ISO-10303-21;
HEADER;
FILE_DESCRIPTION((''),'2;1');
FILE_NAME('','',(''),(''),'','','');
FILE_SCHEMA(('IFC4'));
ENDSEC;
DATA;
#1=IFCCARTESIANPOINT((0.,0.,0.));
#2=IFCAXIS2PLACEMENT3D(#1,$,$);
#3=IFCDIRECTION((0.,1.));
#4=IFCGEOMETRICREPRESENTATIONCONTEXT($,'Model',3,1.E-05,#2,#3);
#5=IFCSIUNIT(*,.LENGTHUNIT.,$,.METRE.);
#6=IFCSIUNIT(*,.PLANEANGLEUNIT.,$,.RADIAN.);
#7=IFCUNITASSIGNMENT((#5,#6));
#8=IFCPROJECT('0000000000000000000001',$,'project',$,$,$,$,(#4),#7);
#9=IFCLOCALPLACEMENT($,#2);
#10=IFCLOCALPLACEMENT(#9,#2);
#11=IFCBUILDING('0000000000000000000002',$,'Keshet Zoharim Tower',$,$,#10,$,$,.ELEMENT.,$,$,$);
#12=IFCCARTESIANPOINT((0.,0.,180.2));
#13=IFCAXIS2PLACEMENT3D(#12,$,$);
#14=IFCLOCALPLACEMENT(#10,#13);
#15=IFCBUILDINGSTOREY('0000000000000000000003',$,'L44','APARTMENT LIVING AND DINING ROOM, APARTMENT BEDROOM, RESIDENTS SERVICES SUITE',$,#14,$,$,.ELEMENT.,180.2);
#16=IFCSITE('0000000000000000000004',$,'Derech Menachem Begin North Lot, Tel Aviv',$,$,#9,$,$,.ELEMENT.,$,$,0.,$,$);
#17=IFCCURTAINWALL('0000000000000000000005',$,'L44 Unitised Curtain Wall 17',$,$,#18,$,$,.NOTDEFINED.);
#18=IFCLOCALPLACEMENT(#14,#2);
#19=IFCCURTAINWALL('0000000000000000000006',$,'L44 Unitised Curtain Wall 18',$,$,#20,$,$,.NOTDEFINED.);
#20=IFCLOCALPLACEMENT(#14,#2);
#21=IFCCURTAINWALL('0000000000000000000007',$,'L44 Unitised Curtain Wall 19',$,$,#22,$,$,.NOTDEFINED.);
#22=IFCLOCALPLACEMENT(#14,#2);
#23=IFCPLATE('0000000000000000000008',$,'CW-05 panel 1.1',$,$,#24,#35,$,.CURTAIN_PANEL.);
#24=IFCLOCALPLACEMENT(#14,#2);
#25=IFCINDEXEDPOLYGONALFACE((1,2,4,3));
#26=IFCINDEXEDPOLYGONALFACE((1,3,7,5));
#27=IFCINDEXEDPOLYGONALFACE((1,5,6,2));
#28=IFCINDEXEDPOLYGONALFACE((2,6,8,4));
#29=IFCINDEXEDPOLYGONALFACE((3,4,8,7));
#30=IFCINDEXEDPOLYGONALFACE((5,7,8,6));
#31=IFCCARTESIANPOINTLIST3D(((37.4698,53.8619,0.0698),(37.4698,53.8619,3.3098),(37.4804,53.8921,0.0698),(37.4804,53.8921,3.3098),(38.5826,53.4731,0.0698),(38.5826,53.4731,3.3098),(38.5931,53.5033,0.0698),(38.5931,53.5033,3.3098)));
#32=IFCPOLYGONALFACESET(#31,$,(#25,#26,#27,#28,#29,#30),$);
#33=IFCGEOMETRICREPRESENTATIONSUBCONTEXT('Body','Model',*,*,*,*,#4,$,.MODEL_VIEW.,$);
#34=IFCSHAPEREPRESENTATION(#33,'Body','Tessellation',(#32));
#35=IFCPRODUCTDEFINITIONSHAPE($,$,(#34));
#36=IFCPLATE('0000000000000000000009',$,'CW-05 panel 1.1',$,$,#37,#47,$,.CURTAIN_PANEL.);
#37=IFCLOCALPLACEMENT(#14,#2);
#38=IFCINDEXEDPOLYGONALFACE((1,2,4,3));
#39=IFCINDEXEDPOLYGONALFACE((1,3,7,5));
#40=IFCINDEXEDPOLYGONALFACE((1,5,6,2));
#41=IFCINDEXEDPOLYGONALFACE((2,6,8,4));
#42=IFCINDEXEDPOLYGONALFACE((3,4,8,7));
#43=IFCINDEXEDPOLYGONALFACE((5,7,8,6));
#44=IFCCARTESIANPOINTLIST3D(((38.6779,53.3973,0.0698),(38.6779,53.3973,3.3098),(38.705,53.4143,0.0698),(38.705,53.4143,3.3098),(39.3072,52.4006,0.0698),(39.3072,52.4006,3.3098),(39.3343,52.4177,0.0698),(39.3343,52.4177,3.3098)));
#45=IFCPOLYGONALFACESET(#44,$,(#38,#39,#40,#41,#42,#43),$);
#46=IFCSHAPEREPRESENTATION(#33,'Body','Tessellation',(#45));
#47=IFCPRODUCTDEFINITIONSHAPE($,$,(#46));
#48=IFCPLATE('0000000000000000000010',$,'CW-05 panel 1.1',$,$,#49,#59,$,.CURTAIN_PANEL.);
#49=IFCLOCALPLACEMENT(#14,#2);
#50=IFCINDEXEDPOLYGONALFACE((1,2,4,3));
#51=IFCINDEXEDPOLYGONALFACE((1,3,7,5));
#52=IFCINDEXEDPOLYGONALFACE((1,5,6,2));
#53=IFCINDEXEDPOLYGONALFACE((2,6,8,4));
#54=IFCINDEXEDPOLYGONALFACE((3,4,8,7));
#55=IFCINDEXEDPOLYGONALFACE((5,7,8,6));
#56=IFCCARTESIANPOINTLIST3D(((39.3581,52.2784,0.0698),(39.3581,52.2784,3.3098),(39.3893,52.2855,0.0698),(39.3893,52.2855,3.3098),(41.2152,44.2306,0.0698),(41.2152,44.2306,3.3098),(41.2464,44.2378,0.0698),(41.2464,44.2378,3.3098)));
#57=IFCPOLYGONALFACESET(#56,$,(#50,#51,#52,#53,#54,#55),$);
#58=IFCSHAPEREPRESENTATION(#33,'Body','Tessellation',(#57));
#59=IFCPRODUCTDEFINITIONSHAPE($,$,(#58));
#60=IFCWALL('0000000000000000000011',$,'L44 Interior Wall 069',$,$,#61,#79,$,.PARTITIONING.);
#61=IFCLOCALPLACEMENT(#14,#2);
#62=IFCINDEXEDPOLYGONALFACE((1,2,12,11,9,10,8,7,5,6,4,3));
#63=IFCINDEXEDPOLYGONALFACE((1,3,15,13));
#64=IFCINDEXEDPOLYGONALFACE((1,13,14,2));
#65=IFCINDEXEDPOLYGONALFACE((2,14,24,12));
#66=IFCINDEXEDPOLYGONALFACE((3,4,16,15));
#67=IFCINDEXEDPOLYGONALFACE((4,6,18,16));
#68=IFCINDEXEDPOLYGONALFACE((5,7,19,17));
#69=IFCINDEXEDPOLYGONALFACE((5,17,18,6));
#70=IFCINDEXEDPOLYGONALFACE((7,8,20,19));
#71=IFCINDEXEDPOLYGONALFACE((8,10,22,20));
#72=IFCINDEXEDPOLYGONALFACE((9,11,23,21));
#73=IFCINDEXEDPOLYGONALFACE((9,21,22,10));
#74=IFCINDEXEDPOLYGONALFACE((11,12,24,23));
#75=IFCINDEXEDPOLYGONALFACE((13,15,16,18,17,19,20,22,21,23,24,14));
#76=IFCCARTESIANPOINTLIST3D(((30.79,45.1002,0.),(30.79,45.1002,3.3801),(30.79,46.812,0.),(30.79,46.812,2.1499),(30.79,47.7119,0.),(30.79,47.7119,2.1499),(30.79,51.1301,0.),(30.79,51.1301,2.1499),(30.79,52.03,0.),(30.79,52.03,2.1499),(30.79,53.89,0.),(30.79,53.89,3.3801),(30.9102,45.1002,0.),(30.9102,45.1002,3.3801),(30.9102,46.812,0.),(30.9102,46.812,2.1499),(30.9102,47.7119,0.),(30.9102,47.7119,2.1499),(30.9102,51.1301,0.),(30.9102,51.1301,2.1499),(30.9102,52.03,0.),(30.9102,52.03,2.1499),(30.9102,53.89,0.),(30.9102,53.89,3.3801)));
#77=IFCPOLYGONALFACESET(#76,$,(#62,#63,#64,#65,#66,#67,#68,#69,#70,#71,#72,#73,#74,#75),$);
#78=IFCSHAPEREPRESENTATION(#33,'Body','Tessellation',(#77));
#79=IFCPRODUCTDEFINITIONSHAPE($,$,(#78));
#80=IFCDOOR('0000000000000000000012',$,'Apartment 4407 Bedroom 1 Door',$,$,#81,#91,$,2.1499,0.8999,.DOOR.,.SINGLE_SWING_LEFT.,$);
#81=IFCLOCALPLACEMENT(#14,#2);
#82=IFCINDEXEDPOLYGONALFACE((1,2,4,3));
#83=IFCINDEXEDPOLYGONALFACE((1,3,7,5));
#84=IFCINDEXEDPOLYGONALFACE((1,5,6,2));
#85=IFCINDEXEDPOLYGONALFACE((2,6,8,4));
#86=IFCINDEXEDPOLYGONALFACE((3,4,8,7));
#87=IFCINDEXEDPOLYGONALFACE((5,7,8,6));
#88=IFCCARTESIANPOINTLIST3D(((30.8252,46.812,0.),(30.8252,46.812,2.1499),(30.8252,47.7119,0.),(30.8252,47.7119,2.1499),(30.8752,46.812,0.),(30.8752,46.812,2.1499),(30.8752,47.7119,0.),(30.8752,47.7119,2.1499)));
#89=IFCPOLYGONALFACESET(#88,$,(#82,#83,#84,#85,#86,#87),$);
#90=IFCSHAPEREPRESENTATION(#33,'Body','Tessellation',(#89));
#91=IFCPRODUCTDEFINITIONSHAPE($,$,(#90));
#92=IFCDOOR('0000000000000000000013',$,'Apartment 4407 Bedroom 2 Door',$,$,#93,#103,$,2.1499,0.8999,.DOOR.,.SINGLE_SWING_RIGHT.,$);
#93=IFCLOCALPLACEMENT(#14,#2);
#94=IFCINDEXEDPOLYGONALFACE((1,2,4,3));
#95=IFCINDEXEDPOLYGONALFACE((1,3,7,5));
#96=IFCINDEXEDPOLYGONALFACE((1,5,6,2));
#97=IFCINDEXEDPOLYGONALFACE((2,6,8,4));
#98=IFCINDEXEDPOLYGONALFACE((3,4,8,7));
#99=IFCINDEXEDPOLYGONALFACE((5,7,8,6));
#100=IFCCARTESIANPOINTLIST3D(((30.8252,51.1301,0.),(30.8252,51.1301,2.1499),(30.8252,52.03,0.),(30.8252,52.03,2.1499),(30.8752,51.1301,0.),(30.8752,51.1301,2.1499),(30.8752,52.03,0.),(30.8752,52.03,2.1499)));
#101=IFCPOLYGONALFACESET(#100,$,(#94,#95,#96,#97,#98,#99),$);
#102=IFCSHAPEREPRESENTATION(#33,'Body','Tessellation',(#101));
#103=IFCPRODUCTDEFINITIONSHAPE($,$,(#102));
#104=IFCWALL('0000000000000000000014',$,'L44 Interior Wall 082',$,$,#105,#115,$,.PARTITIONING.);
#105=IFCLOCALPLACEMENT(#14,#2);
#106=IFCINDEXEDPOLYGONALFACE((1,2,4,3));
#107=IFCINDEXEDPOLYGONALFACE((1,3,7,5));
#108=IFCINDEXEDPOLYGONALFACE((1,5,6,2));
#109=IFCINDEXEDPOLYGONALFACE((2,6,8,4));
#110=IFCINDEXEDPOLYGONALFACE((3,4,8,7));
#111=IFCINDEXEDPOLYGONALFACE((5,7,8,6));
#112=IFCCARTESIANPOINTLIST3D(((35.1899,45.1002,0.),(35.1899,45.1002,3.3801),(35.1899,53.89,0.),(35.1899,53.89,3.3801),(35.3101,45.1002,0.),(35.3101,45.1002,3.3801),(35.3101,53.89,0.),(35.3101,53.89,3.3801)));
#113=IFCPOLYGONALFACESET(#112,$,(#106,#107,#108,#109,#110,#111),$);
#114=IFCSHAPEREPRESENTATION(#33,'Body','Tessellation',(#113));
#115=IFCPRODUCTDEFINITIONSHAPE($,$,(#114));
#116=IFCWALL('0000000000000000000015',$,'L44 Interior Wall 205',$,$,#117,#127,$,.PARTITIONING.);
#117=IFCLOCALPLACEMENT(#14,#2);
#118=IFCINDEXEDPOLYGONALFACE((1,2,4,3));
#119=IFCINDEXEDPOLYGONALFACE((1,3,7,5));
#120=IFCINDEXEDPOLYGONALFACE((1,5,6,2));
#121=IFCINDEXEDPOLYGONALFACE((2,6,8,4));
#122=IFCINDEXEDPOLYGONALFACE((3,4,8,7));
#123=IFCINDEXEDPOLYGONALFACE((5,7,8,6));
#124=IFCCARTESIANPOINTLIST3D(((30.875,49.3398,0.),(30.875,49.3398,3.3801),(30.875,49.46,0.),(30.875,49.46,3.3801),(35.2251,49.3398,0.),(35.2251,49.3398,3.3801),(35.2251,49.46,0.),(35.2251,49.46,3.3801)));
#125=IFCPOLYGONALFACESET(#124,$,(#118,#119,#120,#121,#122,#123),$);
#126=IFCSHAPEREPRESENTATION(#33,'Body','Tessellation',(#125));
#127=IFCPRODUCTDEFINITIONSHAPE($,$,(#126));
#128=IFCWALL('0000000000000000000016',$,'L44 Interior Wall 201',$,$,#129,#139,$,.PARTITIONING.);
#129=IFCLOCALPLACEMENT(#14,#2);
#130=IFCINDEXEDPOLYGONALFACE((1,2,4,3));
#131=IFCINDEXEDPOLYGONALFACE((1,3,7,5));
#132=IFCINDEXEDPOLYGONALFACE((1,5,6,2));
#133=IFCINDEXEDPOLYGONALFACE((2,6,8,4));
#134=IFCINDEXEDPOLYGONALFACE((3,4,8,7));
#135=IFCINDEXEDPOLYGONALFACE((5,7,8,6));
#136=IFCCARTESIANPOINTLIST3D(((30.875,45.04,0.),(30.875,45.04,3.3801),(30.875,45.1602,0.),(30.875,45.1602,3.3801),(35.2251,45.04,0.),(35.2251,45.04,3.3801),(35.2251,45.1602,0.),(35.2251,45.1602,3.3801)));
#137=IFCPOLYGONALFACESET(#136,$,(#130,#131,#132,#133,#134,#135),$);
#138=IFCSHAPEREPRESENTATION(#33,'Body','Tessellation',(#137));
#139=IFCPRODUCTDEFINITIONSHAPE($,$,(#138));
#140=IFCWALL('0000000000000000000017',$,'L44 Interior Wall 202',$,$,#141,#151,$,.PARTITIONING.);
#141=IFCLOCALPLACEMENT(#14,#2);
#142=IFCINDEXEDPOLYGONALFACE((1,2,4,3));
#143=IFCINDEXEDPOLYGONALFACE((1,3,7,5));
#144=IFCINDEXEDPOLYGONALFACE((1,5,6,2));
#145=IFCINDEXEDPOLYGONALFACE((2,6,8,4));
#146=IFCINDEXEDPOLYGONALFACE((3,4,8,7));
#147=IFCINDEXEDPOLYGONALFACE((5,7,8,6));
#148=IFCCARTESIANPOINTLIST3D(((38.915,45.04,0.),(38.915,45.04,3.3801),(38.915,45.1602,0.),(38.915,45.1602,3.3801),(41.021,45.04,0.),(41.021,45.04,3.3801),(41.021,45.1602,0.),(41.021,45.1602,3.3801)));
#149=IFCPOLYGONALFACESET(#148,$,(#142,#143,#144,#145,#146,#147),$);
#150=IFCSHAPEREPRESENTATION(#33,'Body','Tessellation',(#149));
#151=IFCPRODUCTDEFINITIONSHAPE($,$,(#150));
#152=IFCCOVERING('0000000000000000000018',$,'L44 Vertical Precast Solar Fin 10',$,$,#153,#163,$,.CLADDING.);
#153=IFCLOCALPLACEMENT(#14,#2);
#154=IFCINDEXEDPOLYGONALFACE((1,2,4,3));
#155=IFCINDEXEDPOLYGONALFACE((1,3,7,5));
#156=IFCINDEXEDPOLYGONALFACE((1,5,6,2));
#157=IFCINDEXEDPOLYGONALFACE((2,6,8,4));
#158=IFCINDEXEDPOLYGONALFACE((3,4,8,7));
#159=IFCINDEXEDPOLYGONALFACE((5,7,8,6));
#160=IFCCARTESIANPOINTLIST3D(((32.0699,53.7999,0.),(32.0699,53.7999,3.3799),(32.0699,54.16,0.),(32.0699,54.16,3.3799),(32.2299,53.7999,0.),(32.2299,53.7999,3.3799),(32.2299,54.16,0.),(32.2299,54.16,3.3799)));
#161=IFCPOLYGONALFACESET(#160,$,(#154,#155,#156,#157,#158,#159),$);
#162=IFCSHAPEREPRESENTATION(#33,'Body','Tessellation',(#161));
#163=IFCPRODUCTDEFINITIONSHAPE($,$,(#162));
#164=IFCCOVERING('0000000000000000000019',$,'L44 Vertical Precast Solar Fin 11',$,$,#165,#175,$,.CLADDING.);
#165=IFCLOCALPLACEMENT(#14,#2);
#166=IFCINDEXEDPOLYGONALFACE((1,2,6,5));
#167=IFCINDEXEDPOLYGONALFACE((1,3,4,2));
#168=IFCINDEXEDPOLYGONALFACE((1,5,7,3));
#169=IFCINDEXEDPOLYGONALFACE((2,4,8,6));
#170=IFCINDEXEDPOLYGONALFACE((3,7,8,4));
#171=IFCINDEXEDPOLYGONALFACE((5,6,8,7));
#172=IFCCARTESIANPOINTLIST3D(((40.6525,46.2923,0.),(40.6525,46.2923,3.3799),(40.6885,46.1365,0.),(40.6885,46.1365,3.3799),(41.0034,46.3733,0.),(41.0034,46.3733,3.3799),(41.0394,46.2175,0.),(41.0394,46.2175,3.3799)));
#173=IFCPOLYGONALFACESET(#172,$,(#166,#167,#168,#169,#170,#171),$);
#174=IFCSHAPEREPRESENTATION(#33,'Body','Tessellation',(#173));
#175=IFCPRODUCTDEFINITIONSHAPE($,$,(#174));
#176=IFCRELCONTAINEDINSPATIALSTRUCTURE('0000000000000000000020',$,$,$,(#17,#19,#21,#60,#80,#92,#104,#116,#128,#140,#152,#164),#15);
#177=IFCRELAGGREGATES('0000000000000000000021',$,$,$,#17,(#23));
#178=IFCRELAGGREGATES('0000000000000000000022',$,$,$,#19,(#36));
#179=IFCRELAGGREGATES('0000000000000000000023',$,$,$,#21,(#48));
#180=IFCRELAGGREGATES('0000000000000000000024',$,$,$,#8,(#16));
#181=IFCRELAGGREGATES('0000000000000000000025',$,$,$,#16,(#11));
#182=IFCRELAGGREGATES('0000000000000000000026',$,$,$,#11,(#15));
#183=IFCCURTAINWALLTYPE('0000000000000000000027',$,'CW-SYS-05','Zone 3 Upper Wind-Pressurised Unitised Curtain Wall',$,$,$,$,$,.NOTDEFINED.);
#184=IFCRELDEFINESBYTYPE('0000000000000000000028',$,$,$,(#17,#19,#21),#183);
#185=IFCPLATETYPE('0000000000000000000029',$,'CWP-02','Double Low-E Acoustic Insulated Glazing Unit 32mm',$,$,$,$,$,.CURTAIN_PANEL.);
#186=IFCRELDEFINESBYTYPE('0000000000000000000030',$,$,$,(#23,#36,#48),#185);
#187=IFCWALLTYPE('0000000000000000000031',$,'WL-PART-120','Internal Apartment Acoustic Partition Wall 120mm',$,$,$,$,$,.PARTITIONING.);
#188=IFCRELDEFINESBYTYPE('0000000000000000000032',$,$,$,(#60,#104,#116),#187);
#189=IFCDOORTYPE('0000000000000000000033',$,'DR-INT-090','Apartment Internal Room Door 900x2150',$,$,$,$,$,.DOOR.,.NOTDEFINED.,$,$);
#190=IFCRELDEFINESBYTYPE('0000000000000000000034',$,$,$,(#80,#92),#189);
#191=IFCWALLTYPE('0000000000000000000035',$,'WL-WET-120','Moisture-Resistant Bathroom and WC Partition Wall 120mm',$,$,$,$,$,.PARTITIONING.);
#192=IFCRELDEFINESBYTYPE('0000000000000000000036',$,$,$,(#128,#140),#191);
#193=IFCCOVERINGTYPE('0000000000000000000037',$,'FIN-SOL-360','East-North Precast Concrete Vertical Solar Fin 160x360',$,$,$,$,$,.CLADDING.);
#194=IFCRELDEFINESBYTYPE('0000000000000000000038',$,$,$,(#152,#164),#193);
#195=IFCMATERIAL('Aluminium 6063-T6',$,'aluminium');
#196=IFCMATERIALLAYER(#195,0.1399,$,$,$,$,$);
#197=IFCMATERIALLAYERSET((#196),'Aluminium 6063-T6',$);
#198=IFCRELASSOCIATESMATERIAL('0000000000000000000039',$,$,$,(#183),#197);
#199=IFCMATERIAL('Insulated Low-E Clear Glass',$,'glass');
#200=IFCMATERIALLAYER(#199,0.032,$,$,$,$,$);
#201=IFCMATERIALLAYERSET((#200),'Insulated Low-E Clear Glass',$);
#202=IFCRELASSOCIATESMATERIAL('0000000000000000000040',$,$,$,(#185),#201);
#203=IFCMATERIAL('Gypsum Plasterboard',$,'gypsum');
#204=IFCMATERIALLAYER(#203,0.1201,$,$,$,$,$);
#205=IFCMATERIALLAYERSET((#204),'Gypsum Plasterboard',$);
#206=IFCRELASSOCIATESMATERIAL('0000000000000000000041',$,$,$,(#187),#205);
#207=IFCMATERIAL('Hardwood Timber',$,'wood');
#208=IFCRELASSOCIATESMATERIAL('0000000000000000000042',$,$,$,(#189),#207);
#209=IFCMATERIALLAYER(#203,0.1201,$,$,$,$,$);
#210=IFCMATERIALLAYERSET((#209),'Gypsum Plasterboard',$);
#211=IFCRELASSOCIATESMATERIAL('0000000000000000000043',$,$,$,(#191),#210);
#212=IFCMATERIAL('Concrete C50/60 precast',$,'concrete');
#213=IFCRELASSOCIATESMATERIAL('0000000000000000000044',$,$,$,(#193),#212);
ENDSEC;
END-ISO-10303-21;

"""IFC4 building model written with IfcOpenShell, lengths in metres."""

from ifc_helpers import new_model, si_unit, direction, frame, frame_2d, origin, origin_2d, place, context, subcontext, project, spatial, rectangle, extrude, material, layer, layer_set, type_object, element, fill, aggregate, save


model = new_model("IFC4")

# Units and contexts
model_context = context("Model", 3, precision=1e-05, world=origin(), true_north=direction((0.0, 1.0)))
body_context = subcontext(model_context, "Body", "Model", "MODEL_VIEW")
ifc_project = project(units=[si_unit("LENGTHUNIT", "METRE"), si_unit("PLANEANGLEUNIT", "RADIAN")], contexts=[model_context])

# Site, building, storey
site_placement = place(None, origin())
site = spatial("IfcSite", under=ifc_project, at=site_placement, Name="Derech Menachem Begin North Lot, Tel Aviv", CompositionType="ELEMENT", RefElevation=0.0)
building_placement = place(site_placement, origin())
building = spatial("IfcBuilding", under=site, at=building_placement, Name="Keshet Zoharim Tower", CompositionType="ELEMENT")
storey_placement = place(building_placement, frame((0.0, 0.0, 180.2)))
storey = spatial("IfcBuildingStorey", under=building, at=storey_placement, Name="L44", Description="APARTMENT LIVING AND DINING ROOM, APARTMENT BEDROOM, RESIDENTS SERVICES SUITE", CompositionType="ELEMENT", Elevation=180.2)

# Curtain walls
ifc_material_1 = material(Name="Aluminium 6063-T6", Category="aluminium")
ifc_layer_1 = layer(ifc_material_1, 0.1399)
ifc_layer_set_1 = layer_set([ifc_layer_1], Name="Aluminium 6063-T6")
curtain_wall_type = type_object("IfcCurtainWallType", Name="CW-SYS-05", Description="Zone 3 Upper Wind-Pressurised Unitised Curtain Wall", PredefinedType="NOTDEFINED", material=ifc_layer_set_1)
curtain_wall_1_placement = place(storey_placement, origin())
curtain_wall_1 = element("IfcCurtainWall", 1, at=curtain_wall_1_placement, inside=storey, type_object=curtain_wall_type, Name="L44 Unitised Curtain Wall 17", PredefinedType="NOTDEFINED")
curtain_wall_2_placement = place(storey_placement, origin())
curtain_wall_2 = element("IfcCurtainWall", 2, at=curtain_wall_2_placement, inside=storey, type_object=curtain_wall_type, Name="L44 Unitised Curtain Wall 18", PredefinedType="NOTDEFINED")
curtain_wall_3_placement = place(storey_placement, origin())
curtain_wall_3 = element("IfcCurtainWall", 3, at=curtain_wall_3_placement, inside=storey, type_object=curtain_wall_type, Name="L44 Unitised Curtain Wall 19", PredefinedType="NOTDEFINED")

# Plates
ifc_material_2 = material(Name="Insulated Low-E Clear Glass", Category="glass")
ifc_layer_2 = layer(ifc_material_2, 0.032)
ifc_layer_set_2 = layer_set([ifc_layer_2], Name="Insulated Low-E Clear Glass")
plate_type = type_object("IfcPlateType", Name="CWP-02", Description="Double Low-E Acoustic Insulated Glazing Unit 32mm", PredefinedType="CURTAIN_PANEL", material=ifc_layer_set_2)
plate_1_placement = place(storey_placement, frame((38.0315, 53.6826, 0.0698), z_axis=(0.0, 0.0, 1.0), x_axis=(0.944036, -0.329844, 0.0)))
plate_1 = element("IfcPlate", 4, at=plate_1_placement, type_object=plate_type, Name="CW-05 panel 1.1", PredefinedType="CURTAIN_PANEL", context=body_context, shape_type="SweptSolid", body=[
    extrude(rectangle(XDim=1.1787, YDim=0.032, at=origin_2d()), origin(), (0.0, 0.0, 1.0), 3.24),
])
aggregate(curtain_wall_1, [plate_1])
plate_2_placement = place(storey_placement, frame((39.0061, 52.9075, 0.0698), z_axis=(0.0, 0.0, 1.0), x_axis=(0.533879, -0.845561, 0.0)))
plate_2 = element("IfcPlate", 5, at=plate_2_placement, type_object=plate_type, Name="CW-05 panel 1.1", PredefinedType="CURTAIN_PANEL", context=body_context, shape_type="SweptSolid", body=[
    extrude(rectangle(XDim=1.1787, YDim=0.032, at=origin_2d()), origin(), (0.0, 0.0, 1.0), 3.24),
])
aggregate(curtain_wall_2, [plate_2])
plate_3_placement = place(storey_placement, frame((40.3022, 48.2581, 0.0698), z_axis=(0.0, 0.0, 1.0), x_axis=(0.224848, -0.974394, 0.0)))
plate_3 = element("IfcPlate", 6, at=plate_3_placement, type_object=plate_type, Name="CW-05 panel 1.1", PredefinedType="CURTAIN_PANEL", context=body_context, shape_type="SweptSolid", body=[
    extrude(rectangle(XDim=8.2593, YDim=0.032, at=origin_2d()), origin(), (0.0, 0.0, 1.0), 3.24),
])
aggregate(curtain_wall_3, [plate_3])

# Wall, openings, doors
ifc_material_3 = material(Name="Gypsum Plasterboard", Category="gypsum")
ifc_layer_3 = layer(ifc_material_3, 0.1201)
ifc_layer_set_3 = layer_set([ifc_layer_3], Name="Gypsum Plasterboard")
wall_type_1 = type_object("IfcWallType", Name="WL-PART-120", Description="Internal Apartment Acoustic Partition Wall 120mm", PredefinedType="PARTITIONING", material=ifc_layer_set_3)
wall_1_placement = place(storey_placement, frame((30.8501, 45.1001, 0.0), z_axis=(0.0, 0.0, 1.0), x_axis=(0.0, 1.0, 0.0)))
wall_1 = element("IfcWall", 7, at=wall_1_placement, inside=storey, type_object=wall_type_1, Name="L44 Interior Wall 069", PredefinedType="PARTITIONING", context=body_context, shape_type="SweptSolid", body=[
    extrude(rectangle(XDim=8.7898, YDim=0.1201, at=frame_2d((4.395, 0.0))), origin(), (0.0, 0.0, 1.0), 3.3801),
])
opening_1_placement = place(wall_1_placement, frame((1.7119, 0.0, 0.0)))
opening_1 = element("IfcOpeningElement", 8, at=opening_1_placement, cuts=wall_1, PredefinedType="OPENING", context=body_context, shape_type="SweptSolid", body=[
    extrude(rectangle(XDim=0.8999, YDim=2.1499, at=frame_2d((0.45, 1.075))), frame((0.0, 0.0701, 0.0), z_axis=(0.0, -1.0, 0.0), x_axis=(1.0, 0.0, 0.0)), (0.0, 0.0, 1.0), 0.1401),
])
opening_2_placement = place(wall_1_placement, frame((6.03, 0.0, 0.0)))
opening_2 = element("IfcOpeningElement", 9, at=opening_2_placement, cuts=wall_1, PredefinedType="OPENING", context=body_context, shape_type="SweptSolid", body=[
    extrude(rectangle(XDim=0.8999, YDim=2.1499, at=frame_2d((0.45, 1.075))), frame((0.0, 0.0701, 0.0), z_axis=(0.0, -1.0, 0.0), x_axis=(1.0, 0.0, 0.0)), (0.0, 0.0, 1.0), 0.1401),
])
ifc_material_4 = material(Name="Hardwood Timber", Category="wood")
door_type = type_object("IfcDoorType", Name="DR-INT-090", Description="Apartment Internal Room Door 900x2150", OperationType="NOTDEFINED", PredefinedType="DOOR", material=ifc_material_4)
door_1_placement = place(opening_1_placement, origin())
door_1 = element("IfcDoor", 10, at=door_1_placement, inside=storey, type_object=door_type, Name="Apartment 4407 Bedroom 1 Door", OperationType="SINGLE_SWING_LEFT", OverallHeight=2.1499, OverallWidth=0.8999, PredefinedType="DOOR", context=body_context, shape_type="SweptSolid", body=[
    extrude(rectangle(XDim=0.8999, YDim=2.1499, at=frame_2d((0.45, 1.075))), frame((0.0, 0.0249, 0.0), z_axis=(0.0, -1.0, 0.0), x_axis=(1.0, 0.0, 0.0)), (0.0, 0.0, 1.0), 0.05),
])
fill(opening_1, door_1)
door_2_placement = place(opening_2_placement, origin())
door_2 = element("IfcDoor", 11, at=door_2_placement, inside=storey, type_object=door_type, Name="Apartment 4407 Bedroom 2 Door", OperationType="SINGLE_SWING_RIGHT", OverallHeight=2.1499, OverallWidth=0.8999, PredefinedType="DOOR", context=body_context, shape_type="SweptSolid", body=[
    extrude(rectangle(XDim=0.8999, YDim=2.1499, at=frame_2d((0.45, 1.075))), frame((0.0, 0.0249, 0.0), z_axis=(0.0, -1.0, 0.0), x_axis=(1.0, 0.0, 0.0)), (0.0, 0.0, 1.0), 0.05),
])
fill(opening_2, door_2)

# Walls
wall_2_placement = place(storey_placement, frame((35.25, 45.1001, 0.0), z_axis=(0.0, 0.0, 1.0), x_axis=(0.0, 1.0, 0.0)))
element("IfcWall", 12, at=wall_2_placement, inside=storey, type_object=wall_type_1, Name="L44 Interior Wall 082", PredefinedType="PARTITIONING", context=body_context, shape_type="SweptSolid", body=[
    extrude(rectangle(XDim=8.7898, YDim=0.1201, at=frame_2d((4.395, 0.0))), origin(), (0.0, 0.0, 1.0), 3.3801),
])
wall_3_placement = place(storey_placement, frame((30.875, 49.3999, 0.0), z_axis=(0.0, 0.0, 1.0), x_axis=(1.0, 0.0, 0.0)))
element("IfcWall", 13, at=wall_3_placement, inside=storey, type_object=wall_type_1, Name="L44 Interior Wall 205", PredefinedType="PARTITIONING", context=body_context, shape_type="SweptSolid", body=[
    extrude(rectangle(XDim=4.3501, YDim=0.1201, at=frame_2d((2.175, 0.0))), origin(), (0.0, 0.0, 1.0), 3.3801),
])
ifc_layer_4 = layer(ifc_material_3, 0.1201)
ifc_layer_set_4 = layer_set([ifc_layer_4], Name="Gypsum Plasterboard")
wall_type_2 = type_object("IfcWallType", Name="WL-WET-120", Description="Moisture-Resistant Bathroom and WC Partition Wall 120mm", PredefinedType="PARTITIONING", material=ifc_layer_set_4)
wall_4_placement = place(storey_placement, frame((30.875, 45.1001, 0.0), z_axis=(0.0, 0.0, 1.0), x_axis=(1.0, 0.0, 0.0)))
element("IfcWall", 14, at=wall_4_placement, inside=storey, type_object=wall_type_2, Name="L44 Interior Wall 201", PredefinedType="PARTITIONING", context=body_context, shape_type="SweptSolid", body=[
    extrude(rectangle(XDim=4.3501, YDim=0.1201, at=frame_2d((2.175, 0.0))), origin(), (0.0, 0.0, 1.0), 3.3801),
])
wall_5_placement = place(storey_placement, frame((38.915, 45.1001, 0.0), z_axis=(0.0, 0.0, 1.0), x_axis=(1.0, 0.0, 0.0)))
element("IfcWall", 15, at=wall_5_placement, inside=storey, type_object=wall_type_2, Name="L44 Interior Wall 202", PredefinedType="PARTITIONING", context=body_context, shape_type="SweptSolid", body=[
    extrude(rectangle(XDim=2.106, YDim=0.1201, at=frame_2d((1.053, 0.0))), origin(), (0.0, 0.0, 1.0), 3.3801),
])

# Coverings
ifc_material_5 = material(Name="Concrete C50/60 precast", Category="concrete")
covering_type = type_object("IfcCoveringType", Name="FIN-SOL-360", Description="East-North Precast Concrete Vertical Solar Fin 160x360", PredefinedType="CLADDING", material=ifc_material_5)
for number, where, z_axis, x_axis, name in (
    (16, (32.1499, 53.98, 0.0), (0.0, 0.0, 1.0), (1.0, 0.0, 0.0), "L44 Vertical Precast Solar Fin 10"),
    (17, (40.8459, 46.2549, 0.0), (0.0, 0.0, 1.0), (0.224848, -0.974394, 0.0), "L44 Vertical Precast Solar Fin 11"),
):
    element("IfcCovering", number, at=place(storey_placement, frame(where, z_axis=z_axis, x_axis=x_axis)), inside=storey, type_object=covering_type, Name=name, PredefinedType="CLADDING", context=body_context, shape_type="SweptSolid", body=[
        extrude(rectangle(XDim=0.1599, YDim=0.3601, at=origin_2d()), origin(), (0.0, 0.0, 1.0), 3.3799),
    ])

save(model, "model.ifc")
